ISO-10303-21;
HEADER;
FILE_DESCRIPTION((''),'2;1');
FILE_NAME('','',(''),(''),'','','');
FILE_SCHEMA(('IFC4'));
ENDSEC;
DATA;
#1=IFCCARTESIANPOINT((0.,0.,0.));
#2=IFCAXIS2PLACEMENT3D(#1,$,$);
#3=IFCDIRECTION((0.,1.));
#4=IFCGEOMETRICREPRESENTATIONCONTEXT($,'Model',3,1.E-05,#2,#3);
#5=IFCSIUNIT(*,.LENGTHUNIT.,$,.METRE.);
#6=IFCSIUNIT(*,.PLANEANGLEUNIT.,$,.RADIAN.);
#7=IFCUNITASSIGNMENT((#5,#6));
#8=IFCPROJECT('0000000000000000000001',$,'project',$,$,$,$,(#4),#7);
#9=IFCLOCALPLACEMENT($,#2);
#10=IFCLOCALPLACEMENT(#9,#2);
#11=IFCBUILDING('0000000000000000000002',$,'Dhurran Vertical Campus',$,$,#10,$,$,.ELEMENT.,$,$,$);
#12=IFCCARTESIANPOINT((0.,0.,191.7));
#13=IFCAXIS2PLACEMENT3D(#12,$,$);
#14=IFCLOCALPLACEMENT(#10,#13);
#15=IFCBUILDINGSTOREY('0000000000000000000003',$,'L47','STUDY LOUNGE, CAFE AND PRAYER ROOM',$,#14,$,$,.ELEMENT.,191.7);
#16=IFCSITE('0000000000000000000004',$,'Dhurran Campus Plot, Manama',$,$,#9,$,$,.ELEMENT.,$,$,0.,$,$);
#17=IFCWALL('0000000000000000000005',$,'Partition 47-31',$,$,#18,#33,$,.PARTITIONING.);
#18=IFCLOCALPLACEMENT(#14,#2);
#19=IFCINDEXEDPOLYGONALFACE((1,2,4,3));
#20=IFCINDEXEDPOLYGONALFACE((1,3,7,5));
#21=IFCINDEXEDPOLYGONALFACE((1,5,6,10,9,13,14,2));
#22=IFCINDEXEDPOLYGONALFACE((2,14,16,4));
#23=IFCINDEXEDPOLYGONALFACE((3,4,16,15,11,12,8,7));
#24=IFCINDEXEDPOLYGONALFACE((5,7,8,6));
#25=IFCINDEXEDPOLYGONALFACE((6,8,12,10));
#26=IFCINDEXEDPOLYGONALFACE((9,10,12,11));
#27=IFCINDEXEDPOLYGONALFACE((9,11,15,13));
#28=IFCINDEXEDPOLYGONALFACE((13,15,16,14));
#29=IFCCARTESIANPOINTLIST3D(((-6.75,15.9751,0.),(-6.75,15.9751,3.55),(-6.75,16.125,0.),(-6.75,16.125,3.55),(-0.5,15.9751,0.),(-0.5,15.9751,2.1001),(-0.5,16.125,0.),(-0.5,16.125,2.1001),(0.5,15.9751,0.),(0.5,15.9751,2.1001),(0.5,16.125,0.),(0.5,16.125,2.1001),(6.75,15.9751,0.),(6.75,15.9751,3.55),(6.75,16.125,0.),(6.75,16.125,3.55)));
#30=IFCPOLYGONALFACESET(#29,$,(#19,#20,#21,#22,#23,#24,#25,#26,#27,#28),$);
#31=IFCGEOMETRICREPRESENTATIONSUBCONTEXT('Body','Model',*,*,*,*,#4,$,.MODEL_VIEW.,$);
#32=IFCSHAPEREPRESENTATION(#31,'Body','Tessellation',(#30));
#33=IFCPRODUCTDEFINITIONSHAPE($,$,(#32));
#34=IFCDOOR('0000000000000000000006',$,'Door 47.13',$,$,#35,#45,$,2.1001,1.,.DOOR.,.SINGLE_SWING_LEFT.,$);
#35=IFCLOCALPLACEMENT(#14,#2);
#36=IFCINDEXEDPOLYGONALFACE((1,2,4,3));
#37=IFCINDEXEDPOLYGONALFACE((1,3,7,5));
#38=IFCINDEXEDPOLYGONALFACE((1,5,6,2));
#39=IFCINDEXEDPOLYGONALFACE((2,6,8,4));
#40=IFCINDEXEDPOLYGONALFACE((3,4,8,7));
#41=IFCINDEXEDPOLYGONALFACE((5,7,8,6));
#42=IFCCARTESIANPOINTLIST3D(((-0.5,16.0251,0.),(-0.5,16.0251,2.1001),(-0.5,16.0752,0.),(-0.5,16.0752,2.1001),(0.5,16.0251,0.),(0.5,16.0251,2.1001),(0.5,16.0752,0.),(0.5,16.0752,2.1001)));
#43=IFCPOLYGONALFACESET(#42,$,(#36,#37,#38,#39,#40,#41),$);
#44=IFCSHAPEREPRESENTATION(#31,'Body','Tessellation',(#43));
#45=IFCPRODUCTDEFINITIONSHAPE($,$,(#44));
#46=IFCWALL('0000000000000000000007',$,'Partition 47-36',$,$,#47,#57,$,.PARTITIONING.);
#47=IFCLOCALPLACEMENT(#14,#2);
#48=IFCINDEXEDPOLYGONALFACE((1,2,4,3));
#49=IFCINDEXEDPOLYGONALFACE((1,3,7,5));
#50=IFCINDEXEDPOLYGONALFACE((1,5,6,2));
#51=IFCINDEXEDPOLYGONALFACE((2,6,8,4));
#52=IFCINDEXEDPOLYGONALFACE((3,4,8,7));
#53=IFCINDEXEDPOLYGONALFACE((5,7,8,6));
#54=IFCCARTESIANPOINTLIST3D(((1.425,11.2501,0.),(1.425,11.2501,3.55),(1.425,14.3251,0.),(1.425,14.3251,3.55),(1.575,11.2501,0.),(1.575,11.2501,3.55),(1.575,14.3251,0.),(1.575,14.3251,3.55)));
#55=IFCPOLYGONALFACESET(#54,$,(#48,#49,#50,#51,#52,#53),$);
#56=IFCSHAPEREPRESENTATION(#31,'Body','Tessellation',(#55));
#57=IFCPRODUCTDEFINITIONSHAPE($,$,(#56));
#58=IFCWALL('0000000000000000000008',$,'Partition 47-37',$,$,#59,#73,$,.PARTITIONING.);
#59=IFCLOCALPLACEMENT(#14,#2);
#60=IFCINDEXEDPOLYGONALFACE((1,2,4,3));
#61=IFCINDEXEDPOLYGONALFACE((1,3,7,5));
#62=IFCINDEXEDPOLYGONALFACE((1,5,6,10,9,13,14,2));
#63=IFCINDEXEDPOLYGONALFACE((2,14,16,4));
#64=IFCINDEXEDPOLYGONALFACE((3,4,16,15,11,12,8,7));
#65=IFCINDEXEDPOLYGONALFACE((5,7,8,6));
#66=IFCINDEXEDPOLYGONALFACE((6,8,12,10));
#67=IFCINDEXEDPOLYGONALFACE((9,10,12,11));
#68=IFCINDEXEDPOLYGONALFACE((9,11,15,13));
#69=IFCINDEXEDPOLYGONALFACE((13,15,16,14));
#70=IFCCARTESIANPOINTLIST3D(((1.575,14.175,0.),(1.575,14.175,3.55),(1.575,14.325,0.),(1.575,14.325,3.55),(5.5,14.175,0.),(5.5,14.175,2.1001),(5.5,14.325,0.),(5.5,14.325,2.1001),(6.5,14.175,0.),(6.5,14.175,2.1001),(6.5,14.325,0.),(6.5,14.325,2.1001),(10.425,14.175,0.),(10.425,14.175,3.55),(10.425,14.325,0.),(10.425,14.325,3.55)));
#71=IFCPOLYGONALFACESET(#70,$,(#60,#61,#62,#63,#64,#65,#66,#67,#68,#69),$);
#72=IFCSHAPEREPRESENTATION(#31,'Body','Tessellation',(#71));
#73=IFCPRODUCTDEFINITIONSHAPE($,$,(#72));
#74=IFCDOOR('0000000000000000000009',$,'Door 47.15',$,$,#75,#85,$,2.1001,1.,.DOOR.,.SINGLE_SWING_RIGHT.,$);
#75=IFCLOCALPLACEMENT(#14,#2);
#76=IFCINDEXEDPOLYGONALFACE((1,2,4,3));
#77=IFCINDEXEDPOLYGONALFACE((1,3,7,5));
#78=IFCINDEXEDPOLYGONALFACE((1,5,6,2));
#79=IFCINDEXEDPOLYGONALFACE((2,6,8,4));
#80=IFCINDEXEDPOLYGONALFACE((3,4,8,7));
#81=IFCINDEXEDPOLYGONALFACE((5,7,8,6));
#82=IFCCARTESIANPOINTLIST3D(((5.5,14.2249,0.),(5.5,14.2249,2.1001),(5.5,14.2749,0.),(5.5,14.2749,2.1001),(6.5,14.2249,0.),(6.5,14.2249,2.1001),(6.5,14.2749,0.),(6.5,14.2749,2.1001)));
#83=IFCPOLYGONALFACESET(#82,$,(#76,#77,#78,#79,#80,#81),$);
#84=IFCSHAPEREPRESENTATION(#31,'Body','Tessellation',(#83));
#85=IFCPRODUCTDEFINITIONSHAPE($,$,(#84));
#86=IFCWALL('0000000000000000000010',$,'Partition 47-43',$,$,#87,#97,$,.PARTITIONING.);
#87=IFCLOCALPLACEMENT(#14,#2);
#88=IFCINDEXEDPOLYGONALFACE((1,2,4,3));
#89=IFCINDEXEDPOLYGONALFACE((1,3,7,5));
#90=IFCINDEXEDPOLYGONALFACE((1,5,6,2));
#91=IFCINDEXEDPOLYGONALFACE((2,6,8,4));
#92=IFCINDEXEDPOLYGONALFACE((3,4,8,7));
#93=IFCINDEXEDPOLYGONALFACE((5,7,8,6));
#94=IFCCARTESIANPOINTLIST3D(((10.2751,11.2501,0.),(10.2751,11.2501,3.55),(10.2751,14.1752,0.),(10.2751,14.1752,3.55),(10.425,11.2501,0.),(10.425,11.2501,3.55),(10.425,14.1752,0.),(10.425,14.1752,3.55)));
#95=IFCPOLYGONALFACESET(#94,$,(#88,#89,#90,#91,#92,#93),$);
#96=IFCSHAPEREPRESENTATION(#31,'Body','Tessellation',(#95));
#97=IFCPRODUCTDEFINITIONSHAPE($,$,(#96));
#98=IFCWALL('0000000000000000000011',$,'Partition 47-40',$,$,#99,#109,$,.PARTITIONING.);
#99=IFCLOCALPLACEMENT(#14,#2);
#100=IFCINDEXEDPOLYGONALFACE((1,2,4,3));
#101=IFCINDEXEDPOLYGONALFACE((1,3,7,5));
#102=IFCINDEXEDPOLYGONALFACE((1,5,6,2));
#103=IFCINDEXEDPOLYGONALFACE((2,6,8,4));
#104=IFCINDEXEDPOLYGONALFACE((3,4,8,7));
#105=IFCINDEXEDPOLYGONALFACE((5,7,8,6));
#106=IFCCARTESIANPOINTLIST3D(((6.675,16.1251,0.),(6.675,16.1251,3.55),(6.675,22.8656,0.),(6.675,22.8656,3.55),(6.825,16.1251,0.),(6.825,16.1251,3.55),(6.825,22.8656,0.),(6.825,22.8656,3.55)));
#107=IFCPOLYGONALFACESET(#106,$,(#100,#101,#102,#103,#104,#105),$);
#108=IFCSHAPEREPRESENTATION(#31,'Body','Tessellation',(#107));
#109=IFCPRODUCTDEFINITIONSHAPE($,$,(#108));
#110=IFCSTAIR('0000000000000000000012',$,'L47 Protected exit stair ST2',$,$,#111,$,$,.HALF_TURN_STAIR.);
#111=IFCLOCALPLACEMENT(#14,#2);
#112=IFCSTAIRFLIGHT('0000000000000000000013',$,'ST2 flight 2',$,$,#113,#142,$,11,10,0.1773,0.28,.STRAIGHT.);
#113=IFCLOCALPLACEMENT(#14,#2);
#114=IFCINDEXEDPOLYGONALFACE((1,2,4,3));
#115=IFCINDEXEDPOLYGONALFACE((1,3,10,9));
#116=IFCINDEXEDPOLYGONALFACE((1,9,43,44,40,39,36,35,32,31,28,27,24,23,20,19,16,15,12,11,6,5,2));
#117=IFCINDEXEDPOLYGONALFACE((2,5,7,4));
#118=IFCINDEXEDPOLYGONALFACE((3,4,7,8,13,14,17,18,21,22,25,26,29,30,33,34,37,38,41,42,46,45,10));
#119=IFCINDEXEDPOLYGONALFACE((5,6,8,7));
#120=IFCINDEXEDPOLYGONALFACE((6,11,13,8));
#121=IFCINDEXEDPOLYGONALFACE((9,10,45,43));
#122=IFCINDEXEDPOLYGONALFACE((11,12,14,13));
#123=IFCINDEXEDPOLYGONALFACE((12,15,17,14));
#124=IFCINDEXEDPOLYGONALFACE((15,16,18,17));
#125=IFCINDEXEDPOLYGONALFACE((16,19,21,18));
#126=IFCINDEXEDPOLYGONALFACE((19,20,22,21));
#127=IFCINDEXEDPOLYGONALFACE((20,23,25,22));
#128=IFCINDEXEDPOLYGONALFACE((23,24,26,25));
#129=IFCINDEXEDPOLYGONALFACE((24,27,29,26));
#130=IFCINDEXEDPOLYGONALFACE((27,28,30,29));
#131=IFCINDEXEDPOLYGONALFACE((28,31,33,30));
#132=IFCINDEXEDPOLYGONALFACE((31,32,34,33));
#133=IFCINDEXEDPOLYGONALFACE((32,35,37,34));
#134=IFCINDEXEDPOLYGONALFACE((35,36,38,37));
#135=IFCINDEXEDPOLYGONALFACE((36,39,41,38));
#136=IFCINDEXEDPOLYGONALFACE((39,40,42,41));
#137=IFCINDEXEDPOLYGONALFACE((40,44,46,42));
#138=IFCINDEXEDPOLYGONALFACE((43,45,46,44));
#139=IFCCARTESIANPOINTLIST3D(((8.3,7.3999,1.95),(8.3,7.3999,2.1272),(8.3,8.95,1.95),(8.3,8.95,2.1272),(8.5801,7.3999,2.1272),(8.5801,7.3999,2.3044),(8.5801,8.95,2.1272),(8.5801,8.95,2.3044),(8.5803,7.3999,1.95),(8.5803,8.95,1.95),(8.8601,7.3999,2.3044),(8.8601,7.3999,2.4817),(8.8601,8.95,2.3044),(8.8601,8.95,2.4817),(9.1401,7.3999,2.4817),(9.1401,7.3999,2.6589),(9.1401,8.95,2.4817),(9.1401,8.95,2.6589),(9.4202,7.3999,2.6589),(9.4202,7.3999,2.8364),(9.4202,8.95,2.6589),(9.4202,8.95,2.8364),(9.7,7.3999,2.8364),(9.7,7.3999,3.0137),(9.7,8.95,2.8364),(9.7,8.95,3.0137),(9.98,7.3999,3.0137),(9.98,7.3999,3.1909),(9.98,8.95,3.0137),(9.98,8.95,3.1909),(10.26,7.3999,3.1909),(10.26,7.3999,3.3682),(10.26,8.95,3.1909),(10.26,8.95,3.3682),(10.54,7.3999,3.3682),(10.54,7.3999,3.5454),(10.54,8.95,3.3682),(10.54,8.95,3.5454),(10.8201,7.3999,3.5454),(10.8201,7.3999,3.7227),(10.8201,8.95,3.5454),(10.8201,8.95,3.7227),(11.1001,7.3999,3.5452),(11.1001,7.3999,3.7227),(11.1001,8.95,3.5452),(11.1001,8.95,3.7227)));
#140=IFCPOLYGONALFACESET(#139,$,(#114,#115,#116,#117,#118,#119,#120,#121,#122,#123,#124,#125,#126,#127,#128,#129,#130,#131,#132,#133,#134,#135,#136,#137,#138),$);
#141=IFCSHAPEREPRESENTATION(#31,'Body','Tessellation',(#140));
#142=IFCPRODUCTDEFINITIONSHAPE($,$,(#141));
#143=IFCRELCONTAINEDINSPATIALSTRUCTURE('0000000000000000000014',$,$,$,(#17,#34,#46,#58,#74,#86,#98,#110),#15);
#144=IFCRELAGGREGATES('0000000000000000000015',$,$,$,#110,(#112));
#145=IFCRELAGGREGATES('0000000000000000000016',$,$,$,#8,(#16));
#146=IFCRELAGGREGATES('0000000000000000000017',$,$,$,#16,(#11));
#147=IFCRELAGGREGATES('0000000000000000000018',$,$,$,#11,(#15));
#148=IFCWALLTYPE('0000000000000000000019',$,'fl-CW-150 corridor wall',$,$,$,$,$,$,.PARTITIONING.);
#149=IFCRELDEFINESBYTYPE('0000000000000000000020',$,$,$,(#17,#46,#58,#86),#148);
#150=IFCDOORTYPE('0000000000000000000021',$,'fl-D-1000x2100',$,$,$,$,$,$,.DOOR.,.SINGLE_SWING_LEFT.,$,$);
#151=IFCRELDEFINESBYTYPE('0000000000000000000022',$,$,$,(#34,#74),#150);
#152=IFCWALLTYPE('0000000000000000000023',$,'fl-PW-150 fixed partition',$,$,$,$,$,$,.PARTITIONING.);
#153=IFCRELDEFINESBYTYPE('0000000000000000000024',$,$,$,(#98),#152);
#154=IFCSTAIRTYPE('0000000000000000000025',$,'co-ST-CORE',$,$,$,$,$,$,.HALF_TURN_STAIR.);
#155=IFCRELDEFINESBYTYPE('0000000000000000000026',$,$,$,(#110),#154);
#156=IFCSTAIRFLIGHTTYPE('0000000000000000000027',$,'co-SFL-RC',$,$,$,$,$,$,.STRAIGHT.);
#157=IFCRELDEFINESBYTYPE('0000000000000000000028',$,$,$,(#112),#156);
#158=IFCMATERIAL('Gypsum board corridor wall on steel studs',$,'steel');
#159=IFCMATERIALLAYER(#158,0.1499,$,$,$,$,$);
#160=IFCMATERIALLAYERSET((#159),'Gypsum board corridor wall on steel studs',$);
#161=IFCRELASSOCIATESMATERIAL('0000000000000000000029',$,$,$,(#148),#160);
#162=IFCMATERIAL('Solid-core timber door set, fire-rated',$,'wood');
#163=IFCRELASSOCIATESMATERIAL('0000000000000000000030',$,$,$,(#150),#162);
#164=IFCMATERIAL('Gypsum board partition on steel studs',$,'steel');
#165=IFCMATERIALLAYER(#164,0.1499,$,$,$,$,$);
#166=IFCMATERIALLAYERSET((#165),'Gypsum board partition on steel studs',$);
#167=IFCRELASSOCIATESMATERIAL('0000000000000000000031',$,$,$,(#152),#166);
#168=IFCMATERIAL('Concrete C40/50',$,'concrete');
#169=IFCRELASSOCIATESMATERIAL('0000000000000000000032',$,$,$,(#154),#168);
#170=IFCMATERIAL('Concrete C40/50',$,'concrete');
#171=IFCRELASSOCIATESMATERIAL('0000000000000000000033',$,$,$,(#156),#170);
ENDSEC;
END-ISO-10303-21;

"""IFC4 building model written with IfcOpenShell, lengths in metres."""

from ifc_helpers import new_model, si_unit, direction, frame, frame_2d, origin, place, context, subcontext, project, spatial, polyline, rectangle, outline, extrude, material, layer, layer_set, type_object, element, fill, aggregate, save


model = new_model("IFC4")

# Units and contexts
model_context = context("Model", 3, precision=1e-05, world=origin(), true_north=direction((0.0, 1.0)))
body_context = subcontext(model_context, "Body", "Model", "MODEL_VIEW")
ifc_project = project(units=[si_unit("LENGTHUNIT", "METRE"), si_unit("PLANEANGLEUNIT", "RADIAN")], contexts=[model_context])

# Site, building, storey
site_placement = place(None, origin())
site = spatial("IfcSite", under=ifc_project, at=site_placement, Name="Dhurran Campus Plot, Manama", CompositionType="ELEMENT", RefElevation=0.0)
building_placement = place(site_placement, origin())
building = spatial("IfcBuilding", under=site, at=building_placement, Name="Dhurran Vertical Campus", CompositionType="ELEMENT")
storey_placement = place(building_placement, frame((0.0, 0.0, 191.7)))
storey = spatial("IfcBuildingStorey", under=building, at=storey_placement, Name="L47", Description="STUDY LOUNGE, CAFE AND PRAYER ROOM", CompositionType="ELEMENT", Elevation=191.7)

# Wall, opening, door
ifc_material_1 = material(Name="Gypsum board corridor wall on steel studs", Category="steel")
ifc_layer_1 = layer(ifc_material_1, 0.1499)
ifc_layer_set_1 = layer_set([ifc_layer_1], Name="Gypsum board corridor wall on steel studs")
wall_type_1 = type_object("IfcWallType", Name="fl-CW-150 corridor wall", PredefinedType="PARTITIONING", material=ifc_layer_set_1)
wall_1_placement = place(storey_placement, frame((6.75, 16.05, 0.0), z_axis=(0.0, 0.0, 1.0), x_axis=(-1.0, 0.0, 0.0)))
wall_1 = element("IfcWall", 1, at=wall_1_placement, inside=storey, type_object=wall_type_1, Name="Partition 47-31", PredefinedType="PARTITIONING", context=body_context, shape_type="SweptSolid", body=[
    extrude(rectangle(XDim=13.5, YDim=0.1499, at=frame_2d((6.75, 0.0))), origin(), (0.0, 0.0, 1.0), 3.55),
])
opening_1_placement = place(wall_1_placement, frame((6.25, 0.0, 0.0)))
opening_1 = element("IfcOpeningElement", 2, at=opening_1_placement, cuts=wall_1, PredefinedType="OPENING", context=body_context, shape_type="SweptSolid", body=[
    extrude(rectangle(XDim=1.0, YDim=2.1001, at=frame_2d((0.5, 1.05))), frame((0.0, 0.085, 0.0), z_axis=(0.0, -1.0, 0.0), x_axis=(1.0, 0.0, 0.0)), (0.0, 0.0, 1.0), 0.1699),
])
ifc_material_2 = material(Name="Solid-core timber door set, fire-rated", Category="wood")
door_type_1 = type_object("IfcDoorType", Name="fl-D-1000x2100", OperationType="SINGLE_SWING_LEFT", PredefinedType="DOOR", material=ifc_material_2)
door_1_placement = place(opening_1_placement, origin())
door_1 = element("IfcDoor", 3, at=door_1_placement, inside=storey, type_object=door_type_1, Name="Door 47.13", OperationType="SINGLE_SWING_LEFT", OverallHeight=2.1001, OverallWidth=1.0, PredefinedType="DOOR", context=body_context, shape_type="SweptSolid", body=[
    extrude(rectangle(XDim=1.0, YDim=2.1001, at=frame_2d((0.5, 1.05))), frame((0.0, 0.0249, 0.0), z_axis=(0.0, -1.0, 0.0), x_axis=(1.0, 0.0, 0.0)), (0.0, 0.0, 1.0), 0.05),
])
fill(opening_1, door_1)

# Wall
wall_2_placement = place(storey_placement, frame((1.5, 11.25, 0.0), z_axis=(0.0, 0.0, 1.0), x_axis=(0.0, 1.0, 0.0)))
element("IfcWall", 4, at=wall_2_placement, inside=storey, type_object=wall_type_1, Name="Partition 47-36", PredefinedType="PARTITIONING", context=body_context, shape_type="SweptSolid", body=[
    extrude(rectangle(XDim=3.075, YDim=0.1499, at=frame_2d((1.5376, 0.0))), origin(), (0.0, 0.0, 1.0), 3.55),
])

# Wall, opening, door
wall_3_placement = place(storey_placement, frame((1.575, 14.25, 0.0), z_axis=(0.0, 0.0, 1.0), x_axis=(1.0, 0.0, 0.0)))
wall_3 = element("IfcWall", 5, at=wall_3_placement, inside=storey, type_object=wall_type_1, Name="Partition 47-37", PredefinedType="PARTITIONING", context=body_context, shape_type="SweptSolid", body=[
    extrude(rectangle(XDim=8.8501, YDim=0.1499, at=frame_2d((4.425, 0.0))), origin(), (0.0, 0.0, 1.0), 3.55),
])
opening_2_placement = place(wall_3_placement, frame((3.925, 0.0, 0.0)))
opening_2 = element("IfcOpeningElement", 6, at=opening_2_placement, cuts=wall_3, PredefinedType="OPENING", context=body_context, shape_type="SweptSolid", body=[
    extrude(rectangle(XDim=1.0, YDim=2.1001, at=frame_2d((0.5, 1.05))), frame((0.0, 0.085, 0.0), z_axis=(0.0, -1.0, 0.0), x_axis=(1.0, 0.0, 0.0)), (0.0, 0.0, 1.0), 0.1699),
])
door_2_placement = place(opening_2_placement, origin())
door_2 = element("IfcDoor", 7, at=door_2_placement, inside=storey, type_object=door_type_1, Name="Door 47.15", OperationType="SINGLE_SWING_RIGHT", OverallHeight=2.1001, OverallWidth=1.0, PredefinedType="DOOR", context=body_context, shape_type="SweptSolid", body=[
    extrude(rectangle(XDim=1.0, YDim=2.1001, at=frame_2d((0.5, 1.05))), frame((0.0, 0.0249, 0.0), z_axis=(0.0, -1.0, 0.0), x_axis=(1.0, 0.0, 0.0)), (0.0, 0.0, 1.0), 0.05),
])
fill(opening_2, door_2)

# Walls
wall_4_placement = place(storey_placement, frame((10.3501, 14.175, 0.0), z_axis=(0.0, 0.0, 1.0), x_axis=(0.0, -1.0, 0.0)))
element("IfcWall", 8, at=wall_4_placement, inside=storey, type_object=wall_type_1, Name="Partition 47-43", PredefinedType="PARTITIONING", context=body_context, shape_type="SweptSolid", body=[
    extrude(rectangle(XDim=2.925, YDim=0.1499, at=frame_2d((1.4624, 0.0))), origin(), (0.0, 0.0, 1.0), 3.55),
])
ifc_material_3 = material(Name="Gypsum board partition on steel studs", Category="steel")
ifc_layer_2 = layer(ifc_material_3, 0.1499)
ifc_layer_set_2 = layer_set([ifc_layer_2], Name="Gypsum board partition on steel studs")
wall_type_2 = type_object("IfcWallType", Name="fl-PW-150 fixed partition", PredefinedType="PARTITIONING", material=ifc_layer_set_2)
wall_5_placement = place(storey_placement, frame((6.75, 22.8655, 0.0), z_axis=(0.0, 0.0, 1.0), x_axis=(0.0, -1.0, 0.0)))
element("IfcWall", 9, at=wall_5_placement, inside=storey, type_object=wall_type_2, Name="Partition 47-40", PredefinedType="PARTITIONING", context=body_context, shape_type="SweptSolid", body=[
    extrude(rectangle(XDim=6.7405, YDim=0.1499, at=frame_2d((3.3701, 0.0))), origin(), (0.0, 0.0, 1.0), 3.55),
])

# Stair, stair flight
ifc_material_4 = material(Name="Concrete C40/50", Category="concrete")
stair_type = type_object("IfcStairType", Name="co-ST-CORE", PredefinedType="HALF_TURN_STAIR", material=ifc_material_4)
stair_placement = place(storey_placement, origin())
stair = element("IfcStair", 10, at=stair_placement, inside=storey, type_object=stair_type, Name="L47 Protected exit stair ST2", PredefinedType="HALF_TURN_STAIR")
ifc_material_5 = material(Name="Concrete C40/50", Category="concrete")
stair_flight_type = type_object("IfcStairFlightType", Name="co-SFL-RC", PredefinedType="STRAIGHT", material=ifc_material_5)
stair_flight_placement = place(storey_placement, frame((8.3, 8.175, 1.95), z_axis=(0.0, 0.0, 1.0), x_axis=(1.0, 0.0, 0.0)))
stair_flight = element("IfcStairFlight", 11, at=stair_flight_placement, type_object=stair_flight_type, Name="ST2 flight 2", NumberOfRisers=11, NumberOfTreads=10, PredefinedType="STRAIGHT", RiserHeight=0.1773, TreadLength=0.28, context=body_context, shape_type="SweptSolid", body=[
    extrude(outline(polyline([(0.0, 0.0), (0.0, 0.1772), (0.28, 0.1772), (0.28, 0.3545), (0.5601, 0.3545), (0.5601, 0.5317), (0.8401, 0.5317), (0.8401, 0.709), (1.1201, 0.709), (1.1201, 0.8865), (1.3999, 0.8865), (1.3999, 1.0637), (1.6799, 1.0637), (1.6799, 1.241), (1.96, 1.241), (1.96, 1.4182), (2.24, 1.4182), (2.24, 1.5955), (2.52, 1.5955), (2.52, 1.7727), (2.8, 1.7727), (2.8, 1.95), (2.8, 1.5952), (0.2803, 0.0), (0.0, 0.0)])), frame((0.0, 0.7749, 0.0), z_axis=(0.0, -1.0, 0.0), x_axis=(1.0, 0.0, 0.0)), (0.0, 0.0, 1.0), 1.55),
])
aggregate(stair, [stair_flight])

save(model, "model.ifc")
